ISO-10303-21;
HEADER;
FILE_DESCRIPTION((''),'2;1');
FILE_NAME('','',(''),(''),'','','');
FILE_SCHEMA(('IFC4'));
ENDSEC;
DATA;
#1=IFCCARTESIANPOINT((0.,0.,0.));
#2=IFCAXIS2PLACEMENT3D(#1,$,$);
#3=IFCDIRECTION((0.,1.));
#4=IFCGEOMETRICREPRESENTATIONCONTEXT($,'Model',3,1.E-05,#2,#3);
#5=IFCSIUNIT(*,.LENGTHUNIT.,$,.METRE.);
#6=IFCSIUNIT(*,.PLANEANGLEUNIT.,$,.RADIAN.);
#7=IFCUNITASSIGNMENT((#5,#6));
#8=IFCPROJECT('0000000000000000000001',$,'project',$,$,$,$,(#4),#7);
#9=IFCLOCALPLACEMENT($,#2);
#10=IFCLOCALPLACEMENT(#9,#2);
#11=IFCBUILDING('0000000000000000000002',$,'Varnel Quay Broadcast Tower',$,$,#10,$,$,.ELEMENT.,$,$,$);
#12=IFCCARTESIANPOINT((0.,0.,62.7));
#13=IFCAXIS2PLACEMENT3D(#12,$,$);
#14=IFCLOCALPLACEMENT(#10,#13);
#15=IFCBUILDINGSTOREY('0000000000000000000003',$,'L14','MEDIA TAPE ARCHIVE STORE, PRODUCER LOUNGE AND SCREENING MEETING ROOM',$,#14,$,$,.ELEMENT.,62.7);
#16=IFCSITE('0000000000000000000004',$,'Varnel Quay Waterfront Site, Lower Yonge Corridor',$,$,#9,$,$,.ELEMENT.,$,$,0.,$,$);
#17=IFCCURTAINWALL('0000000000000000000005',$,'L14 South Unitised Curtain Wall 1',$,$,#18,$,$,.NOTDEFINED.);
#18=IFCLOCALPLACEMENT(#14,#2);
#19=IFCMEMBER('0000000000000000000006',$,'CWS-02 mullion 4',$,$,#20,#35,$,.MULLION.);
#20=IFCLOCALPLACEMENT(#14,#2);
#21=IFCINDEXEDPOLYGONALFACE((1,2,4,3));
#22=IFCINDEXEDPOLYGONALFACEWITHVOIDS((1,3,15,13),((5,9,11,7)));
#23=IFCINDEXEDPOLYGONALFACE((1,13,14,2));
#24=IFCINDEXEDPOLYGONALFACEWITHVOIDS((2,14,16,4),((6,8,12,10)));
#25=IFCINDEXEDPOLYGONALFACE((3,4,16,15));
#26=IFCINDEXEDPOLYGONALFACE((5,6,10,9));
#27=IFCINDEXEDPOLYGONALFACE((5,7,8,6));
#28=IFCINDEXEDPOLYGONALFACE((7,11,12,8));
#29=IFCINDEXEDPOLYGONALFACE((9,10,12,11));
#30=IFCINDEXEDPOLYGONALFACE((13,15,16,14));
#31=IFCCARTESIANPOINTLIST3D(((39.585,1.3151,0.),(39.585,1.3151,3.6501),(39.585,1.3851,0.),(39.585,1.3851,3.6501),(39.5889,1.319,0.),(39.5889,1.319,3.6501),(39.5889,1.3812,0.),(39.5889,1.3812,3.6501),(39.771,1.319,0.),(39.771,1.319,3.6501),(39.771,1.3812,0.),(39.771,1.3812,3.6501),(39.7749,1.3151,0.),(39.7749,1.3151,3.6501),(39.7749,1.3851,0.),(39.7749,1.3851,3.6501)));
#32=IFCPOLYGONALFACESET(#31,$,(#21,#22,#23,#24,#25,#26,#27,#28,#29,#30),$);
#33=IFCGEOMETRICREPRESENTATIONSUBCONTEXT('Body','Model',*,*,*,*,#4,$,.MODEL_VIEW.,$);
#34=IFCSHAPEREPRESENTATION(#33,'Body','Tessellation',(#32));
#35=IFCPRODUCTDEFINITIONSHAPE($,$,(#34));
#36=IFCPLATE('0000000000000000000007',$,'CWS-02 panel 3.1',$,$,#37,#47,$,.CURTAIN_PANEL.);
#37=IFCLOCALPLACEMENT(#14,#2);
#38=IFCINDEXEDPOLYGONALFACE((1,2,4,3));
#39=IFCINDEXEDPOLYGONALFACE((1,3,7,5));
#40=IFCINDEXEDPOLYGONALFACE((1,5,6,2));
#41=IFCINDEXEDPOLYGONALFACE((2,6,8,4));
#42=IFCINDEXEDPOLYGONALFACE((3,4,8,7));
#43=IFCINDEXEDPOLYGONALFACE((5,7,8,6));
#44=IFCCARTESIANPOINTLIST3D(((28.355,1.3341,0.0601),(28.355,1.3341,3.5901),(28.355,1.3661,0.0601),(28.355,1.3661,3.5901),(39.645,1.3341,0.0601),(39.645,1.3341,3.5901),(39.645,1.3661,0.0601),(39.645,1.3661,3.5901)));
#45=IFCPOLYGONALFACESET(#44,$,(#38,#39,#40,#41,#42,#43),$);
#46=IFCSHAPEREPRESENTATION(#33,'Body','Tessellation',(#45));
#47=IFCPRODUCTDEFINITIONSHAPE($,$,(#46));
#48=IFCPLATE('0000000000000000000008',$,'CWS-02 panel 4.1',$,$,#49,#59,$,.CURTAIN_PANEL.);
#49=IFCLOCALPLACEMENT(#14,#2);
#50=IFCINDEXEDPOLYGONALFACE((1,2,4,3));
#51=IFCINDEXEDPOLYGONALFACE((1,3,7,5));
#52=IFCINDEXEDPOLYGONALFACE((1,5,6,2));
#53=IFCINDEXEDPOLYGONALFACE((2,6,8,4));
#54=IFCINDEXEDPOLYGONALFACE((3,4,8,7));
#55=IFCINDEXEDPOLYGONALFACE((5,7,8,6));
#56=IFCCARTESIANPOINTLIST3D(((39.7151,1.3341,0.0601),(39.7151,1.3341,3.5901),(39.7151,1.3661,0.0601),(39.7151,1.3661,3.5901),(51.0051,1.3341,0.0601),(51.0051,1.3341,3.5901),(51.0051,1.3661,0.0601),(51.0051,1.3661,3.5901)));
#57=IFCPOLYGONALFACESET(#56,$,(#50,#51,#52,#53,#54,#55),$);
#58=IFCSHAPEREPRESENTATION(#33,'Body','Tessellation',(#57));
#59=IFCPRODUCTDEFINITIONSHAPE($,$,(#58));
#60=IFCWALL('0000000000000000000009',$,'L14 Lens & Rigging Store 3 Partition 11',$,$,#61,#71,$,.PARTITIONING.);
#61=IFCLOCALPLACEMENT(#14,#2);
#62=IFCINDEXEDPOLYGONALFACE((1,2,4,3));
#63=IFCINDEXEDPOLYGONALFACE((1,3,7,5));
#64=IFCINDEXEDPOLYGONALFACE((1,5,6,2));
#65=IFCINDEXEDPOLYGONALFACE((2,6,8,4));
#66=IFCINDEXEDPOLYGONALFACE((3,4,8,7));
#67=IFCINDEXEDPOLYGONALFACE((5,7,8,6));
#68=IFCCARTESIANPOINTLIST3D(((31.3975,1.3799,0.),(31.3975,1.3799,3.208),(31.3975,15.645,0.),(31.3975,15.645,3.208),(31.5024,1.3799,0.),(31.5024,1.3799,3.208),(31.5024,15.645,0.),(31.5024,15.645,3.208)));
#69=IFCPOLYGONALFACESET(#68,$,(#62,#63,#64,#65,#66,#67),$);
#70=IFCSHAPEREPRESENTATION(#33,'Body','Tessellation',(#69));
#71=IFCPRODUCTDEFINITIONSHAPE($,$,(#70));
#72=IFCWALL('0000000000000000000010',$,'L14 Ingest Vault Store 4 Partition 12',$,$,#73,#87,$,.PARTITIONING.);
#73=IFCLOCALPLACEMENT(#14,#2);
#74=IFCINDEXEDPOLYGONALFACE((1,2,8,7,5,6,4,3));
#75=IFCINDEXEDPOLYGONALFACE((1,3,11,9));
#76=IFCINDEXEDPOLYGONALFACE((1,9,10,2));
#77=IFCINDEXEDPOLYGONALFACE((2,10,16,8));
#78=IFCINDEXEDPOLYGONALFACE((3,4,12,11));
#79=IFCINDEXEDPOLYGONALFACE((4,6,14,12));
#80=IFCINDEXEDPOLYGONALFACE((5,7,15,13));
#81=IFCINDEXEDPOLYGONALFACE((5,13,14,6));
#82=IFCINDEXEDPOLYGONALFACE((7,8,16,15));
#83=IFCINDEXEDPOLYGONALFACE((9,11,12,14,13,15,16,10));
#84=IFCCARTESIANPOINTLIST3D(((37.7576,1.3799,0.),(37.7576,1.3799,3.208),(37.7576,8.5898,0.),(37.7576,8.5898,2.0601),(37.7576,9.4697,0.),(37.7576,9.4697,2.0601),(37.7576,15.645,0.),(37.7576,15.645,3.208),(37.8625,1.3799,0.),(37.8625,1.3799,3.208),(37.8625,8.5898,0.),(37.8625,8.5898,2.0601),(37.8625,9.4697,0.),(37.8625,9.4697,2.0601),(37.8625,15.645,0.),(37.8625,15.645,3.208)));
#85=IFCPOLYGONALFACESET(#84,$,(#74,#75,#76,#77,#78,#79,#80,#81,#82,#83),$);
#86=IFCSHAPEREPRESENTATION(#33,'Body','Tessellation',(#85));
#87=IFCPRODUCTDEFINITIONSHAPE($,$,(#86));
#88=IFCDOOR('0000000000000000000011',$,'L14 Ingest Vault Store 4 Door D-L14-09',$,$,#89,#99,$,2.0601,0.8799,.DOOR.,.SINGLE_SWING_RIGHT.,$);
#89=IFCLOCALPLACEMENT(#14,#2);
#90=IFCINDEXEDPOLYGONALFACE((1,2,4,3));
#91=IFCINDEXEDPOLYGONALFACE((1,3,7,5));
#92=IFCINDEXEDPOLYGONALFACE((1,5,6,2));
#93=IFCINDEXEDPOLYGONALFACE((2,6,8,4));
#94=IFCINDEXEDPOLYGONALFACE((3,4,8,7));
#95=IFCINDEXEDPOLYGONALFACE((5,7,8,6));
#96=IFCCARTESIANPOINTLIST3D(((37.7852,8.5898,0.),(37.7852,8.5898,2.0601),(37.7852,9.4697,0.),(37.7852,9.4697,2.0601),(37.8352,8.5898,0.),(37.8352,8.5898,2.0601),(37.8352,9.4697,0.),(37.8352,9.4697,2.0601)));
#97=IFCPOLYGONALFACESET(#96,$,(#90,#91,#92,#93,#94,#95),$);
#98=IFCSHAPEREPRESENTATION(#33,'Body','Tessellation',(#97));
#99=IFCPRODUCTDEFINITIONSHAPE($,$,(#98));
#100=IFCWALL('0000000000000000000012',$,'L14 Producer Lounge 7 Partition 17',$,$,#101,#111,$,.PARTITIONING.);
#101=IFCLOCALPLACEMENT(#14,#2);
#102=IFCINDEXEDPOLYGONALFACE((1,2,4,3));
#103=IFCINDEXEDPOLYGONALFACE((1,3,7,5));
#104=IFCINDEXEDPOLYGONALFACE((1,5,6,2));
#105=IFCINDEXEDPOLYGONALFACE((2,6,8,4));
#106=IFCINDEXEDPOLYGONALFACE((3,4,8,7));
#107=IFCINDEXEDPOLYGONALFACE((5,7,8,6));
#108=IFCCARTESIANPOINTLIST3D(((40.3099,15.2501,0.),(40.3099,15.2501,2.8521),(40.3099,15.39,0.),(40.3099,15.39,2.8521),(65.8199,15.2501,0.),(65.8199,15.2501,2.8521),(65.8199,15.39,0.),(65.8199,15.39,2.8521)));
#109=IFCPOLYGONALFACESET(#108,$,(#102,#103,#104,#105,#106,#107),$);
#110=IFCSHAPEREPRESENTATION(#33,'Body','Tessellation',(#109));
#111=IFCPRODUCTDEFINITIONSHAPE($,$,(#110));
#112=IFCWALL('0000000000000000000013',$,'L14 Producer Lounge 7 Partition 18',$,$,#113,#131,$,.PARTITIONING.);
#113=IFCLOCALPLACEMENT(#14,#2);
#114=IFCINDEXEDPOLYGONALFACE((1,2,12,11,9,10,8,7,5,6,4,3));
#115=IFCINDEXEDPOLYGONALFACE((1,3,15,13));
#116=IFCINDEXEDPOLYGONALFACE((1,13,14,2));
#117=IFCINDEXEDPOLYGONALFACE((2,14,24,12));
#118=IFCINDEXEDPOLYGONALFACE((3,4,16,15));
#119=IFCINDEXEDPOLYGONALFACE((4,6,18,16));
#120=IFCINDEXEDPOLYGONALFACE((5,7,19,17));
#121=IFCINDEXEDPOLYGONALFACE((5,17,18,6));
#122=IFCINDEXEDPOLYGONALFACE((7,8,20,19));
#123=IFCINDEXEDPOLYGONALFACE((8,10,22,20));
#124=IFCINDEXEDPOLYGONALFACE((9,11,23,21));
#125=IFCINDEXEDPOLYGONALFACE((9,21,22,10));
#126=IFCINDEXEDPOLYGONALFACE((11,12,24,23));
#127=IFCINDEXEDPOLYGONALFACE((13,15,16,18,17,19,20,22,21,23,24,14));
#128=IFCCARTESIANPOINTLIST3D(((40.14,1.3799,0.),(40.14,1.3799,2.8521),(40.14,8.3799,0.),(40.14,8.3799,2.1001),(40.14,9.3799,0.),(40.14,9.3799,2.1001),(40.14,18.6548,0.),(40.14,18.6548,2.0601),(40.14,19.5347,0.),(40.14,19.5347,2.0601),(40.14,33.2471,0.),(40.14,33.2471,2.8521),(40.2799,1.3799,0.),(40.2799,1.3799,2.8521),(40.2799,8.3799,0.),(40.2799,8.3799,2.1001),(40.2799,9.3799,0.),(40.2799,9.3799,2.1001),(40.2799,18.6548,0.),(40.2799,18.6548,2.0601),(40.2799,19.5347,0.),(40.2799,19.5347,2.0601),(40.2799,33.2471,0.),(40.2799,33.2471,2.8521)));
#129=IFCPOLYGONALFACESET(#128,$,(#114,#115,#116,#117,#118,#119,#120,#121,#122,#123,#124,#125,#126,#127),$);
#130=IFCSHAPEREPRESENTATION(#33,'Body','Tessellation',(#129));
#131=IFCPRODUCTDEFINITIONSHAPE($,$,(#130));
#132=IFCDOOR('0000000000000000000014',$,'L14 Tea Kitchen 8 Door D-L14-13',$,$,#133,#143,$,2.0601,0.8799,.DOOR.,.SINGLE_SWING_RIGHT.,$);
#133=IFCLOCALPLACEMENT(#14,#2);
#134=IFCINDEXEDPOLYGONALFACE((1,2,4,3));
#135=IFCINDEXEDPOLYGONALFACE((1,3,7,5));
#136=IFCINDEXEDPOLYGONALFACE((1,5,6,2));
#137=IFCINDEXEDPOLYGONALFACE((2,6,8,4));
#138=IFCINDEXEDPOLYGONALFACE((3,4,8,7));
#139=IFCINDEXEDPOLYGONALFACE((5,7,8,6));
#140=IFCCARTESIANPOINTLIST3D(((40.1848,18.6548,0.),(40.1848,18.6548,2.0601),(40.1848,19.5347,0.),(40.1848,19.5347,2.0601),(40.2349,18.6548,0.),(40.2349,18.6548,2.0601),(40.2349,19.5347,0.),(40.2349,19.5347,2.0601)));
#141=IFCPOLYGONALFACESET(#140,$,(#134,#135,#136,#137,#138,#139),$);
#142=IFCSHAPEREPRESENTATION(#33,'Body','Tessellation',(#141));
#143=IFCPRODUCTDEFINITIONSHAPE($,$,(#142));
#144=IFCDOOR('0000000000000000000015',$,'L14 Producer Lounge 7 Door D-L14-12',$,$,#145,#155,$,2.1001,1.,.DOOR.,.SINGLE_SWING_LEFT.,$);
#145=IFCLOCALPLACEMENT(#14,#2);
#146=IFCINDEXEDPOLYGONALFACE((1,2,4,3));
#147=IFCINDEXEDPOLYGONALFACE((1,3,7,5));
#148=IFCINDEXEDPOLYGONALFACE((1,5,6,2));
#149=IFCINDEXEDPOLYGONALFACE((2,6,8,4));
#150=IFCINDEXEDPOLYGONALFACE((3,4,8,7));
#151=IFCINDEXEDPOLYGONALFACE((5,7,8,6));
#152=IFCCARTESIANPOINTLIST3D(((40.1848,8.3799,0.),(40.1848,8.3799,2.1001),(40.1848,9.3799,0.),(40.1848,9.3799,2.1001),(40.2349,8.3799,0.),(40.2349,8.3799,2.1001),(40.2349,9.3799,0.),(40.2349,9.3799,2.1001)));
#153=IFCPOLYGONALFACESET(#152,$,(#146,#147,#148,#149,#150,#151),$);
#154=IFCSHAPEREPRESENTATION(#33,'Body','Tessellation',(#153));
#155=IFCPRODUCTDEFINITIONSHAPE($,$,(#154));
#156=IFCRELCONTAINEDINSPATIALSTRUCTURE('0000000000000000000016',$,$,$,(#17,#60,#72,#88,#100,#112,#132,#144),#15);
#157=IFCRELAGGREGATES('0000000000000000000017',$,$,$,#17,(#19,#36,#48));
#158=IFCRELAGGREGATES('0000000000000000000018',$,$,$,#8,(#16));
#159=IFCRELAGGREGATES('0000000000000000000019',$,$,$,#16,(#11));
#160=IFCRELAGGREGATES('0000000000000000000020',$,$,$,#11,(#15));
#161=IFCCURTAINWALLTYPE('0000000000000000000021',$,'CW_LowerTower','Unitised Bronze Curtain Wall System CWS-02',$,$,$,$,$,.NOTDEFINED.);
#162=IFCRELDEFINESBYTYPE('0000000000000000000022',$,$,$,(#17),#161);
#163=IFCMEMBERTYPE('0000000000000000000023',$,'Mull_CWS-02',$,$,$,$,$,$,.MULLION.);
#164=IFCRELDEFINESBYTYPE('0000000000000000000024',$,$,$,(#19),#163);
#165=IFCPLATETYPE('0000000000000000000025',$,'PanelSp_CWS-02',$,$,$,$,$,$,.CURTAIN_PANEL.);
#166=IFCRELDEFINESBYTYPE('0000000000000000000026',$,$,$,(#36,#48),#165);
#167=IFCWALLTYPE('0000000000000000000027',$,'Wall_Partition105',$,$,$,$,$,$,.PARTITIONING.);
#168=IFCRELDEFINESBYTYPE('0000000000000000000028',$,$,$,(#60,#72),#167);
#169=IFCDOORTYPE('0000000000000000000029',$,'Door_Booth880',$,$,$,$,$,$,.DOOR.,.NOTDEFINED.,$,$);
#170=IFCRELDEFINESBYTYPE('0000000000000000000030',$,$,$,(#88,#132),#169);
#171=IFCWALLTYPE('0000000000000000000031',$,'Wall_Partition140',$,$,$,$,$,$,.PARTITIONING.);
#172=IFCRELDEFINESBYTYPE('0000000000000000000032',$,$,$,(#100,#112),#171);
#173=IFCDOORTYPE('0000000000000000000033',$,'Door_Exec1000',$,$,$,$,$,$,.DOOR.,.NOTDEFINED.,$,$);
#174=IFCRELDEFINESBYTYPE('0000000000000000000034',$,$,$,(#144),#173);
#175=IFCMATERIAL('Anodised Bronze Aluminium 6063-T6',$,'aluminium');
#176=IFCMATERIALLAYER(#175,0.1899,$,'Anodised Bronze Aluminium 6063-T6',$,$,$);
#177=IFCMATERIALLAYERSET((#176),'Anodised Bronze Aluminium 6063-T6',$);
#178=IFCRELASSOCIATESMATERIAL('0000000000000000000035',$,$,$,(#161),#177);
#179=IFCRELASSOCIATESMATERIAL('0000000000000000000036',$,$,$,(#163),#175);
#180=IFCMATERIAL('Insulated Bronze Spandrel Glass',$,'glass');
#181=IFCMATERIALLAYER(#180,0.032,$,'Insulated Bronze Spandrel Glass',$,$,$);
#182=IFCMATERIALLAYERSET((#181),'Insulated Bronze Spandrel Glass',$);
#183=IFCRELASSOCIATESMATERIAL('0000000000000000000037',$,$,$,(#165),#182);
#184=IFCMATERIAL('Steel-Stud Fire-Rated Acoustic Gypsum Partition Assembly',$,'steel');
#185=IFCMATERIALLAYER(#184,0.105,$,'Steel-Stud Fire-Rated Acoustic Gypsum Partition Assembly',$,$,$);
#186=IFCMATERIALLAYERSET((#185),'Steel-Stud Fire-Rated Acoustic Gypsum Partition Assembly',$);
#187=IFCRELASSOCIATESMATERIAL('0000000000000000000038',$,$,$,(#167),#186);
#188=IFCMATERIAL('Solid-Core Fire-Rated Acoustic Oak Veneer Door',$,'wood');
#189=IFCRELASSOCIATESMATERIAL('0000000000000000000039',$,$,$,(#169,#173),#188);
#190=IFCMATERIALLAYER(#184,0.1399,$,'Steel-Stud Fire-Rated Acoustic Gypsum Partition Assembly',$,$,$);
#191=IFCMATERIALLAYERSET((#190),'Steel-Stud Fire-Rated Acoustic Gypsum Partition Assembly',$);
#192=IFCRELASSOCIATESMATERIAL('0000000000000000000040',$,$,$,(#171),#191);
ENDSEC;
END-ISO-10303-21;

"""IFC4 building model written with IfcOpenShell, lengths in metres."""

from ifc_helpers import new_model, si_unit, direction, frame, frame_2d, origin, origin_2d, place, context, subcontext, project, spatial, rectangle, hollow_rectangle, extrude, source, transform, mapped, material, layer, layer_set, material_profile, profile_set, type_object, type_shapes, element, fill, aggregate, save


model = new_model("IFC4")

# Units and contexts
model_context = context("Model", 3, precision=1e-05, world=origin(), true_north=direction((0.0, 1.0)))
body_context = subcontext(model_context, "Body", "Model", "MODEL_VIEW")
ifc_project = project(units=[si_unit("LENGTHUNIT", "METRE"), si_unit("PLANEANGLEUNIT", "RADIAN")], contexts=[model_context])

# Site, building, storey
site_placement = place(None, origin())
site = spatial("IfcSite", under=ifc_project, at=site_placement, Name="Varnel Quay Waterfront Site, Lower Yonge Corridor", CompositionType="ELEMENT", RefElevation=0.0)
building_placement = place(site_placement, origin())
building = spatial("IfcBuilding", under=site, at=building_placement, Name="Varnel Quay Broadcast Tower", CompositionType="ELEMENT")
storey_placement = place(building_placement, frame((0.0, 0.0, 62.7)))
storey = spatial("IfcBuildingStorey", under=building, at=storey_placement, Name="L14", Description="MEDIA TAPE ARCHIVE STORE, PRODUCER LOUNGE AND SCREENING MEETING ROOM", CompositionType="ELEMENT", Elevation=62.7)

# Curtain wall, member, plates
ifc_material_1 = material(Name="Anodised Bronze Aluminium 6063-T6", Category="aluminium")
ifc_layer_1 = layer(ifc_material_1, 0.1899, Name="Anodised Bronze Aluminium 6063-T6")
ifc_layer_set_1 = layer_set([ifc_layer_1], Name="Anodised Bronze Aluminium 6063-T6")
curtain_wall_type = type_object("IfcCurtainWallType", Name="CW_LowerTower", Description="Unitised Bronze Curtain Wall System CWS-02", PredefinedType="NOTDEFINED", material=ifc_layer_set_1)
curtain_wall_placement = place(storey_placement, origin())
curtain_wall = element("IfcCurtainWall", 1, at=curtain_wall_placement, inside=storey, type_object=curtain_wall_type, Name="L14 South Unitised Curtain Wall 1", PredefinedType="NOTDEFINED")
ifc_material_profile_1 = material_profile(ifc_material_1, hollow_rectangle(XDim=0.0701, YDim=0.1899, WallThickness=0.0039, at=origin_2d()), Name="ALU70X190X4")
ifc_profile_set_1 = profile_set([ifc_material_profile_1], Name="Anodised Bronze Aluminium 6063-T6")
member_type_1 = type_object("IfcMemberType", Name="Mull_CWS-02", PredefinedType="MULLION", material=ifc_profile_set_1)
shared_shape_1 = source(origin(), body_context, "Body", "SweptSolid", [
    extrude(hollow_rectangle(XDim=0.0701, YDim=0.1899, WallThickness=0.0039, at=origin_2d()), origin(), (0.0, 0.0, 1.0), 3.6501),
])
type_shapes(member_type_1, [shared_shape_1])
member_1_placement = place(storey_placement, frame((39.6799, 1.3501, 0.0), z_axis=(0.0, 0.0, 1.0), x_axis=(0.0, 1.0, 0.0)))
member_1 = element("IfcMember", 2, at=member_1_placement, type_object=member_type_1, Name="CWS-02 mullion 4", PredefinedType="MULLION", context=body_context, shape_type="MappedRepresentation", body=[
    mapped(shared_shape_1, transform((0.0, 0.0, 0.0), x_axis=(1.0, 0.0, 0.0), y_axis=(0.0, 1.0, 0.0), z_axis=(0.0, 0.0, 1.0), scale=1.0)),
])
ifc_material_2 = material(Name="Insulated Bronze Spandrel Glass", Category="glass")
ifc_layer_2 = layer(ifc_material_2, 0.032, Name="Insulated Bronze Spandrel Glass")
ifc_layer_set_2 = layer_set([ifc_layer_2], Name="Insulated Bronze Spandrel Glass")
plate_type = type_object("IfcPlateType", Name="PanelSp_CWS-02", PredefinedType="CURTAIN_PANEL", material=ifc_layer_set_2)
shared_shape_2 = source(origin(), body_context, "Body", "SweptSolid", [
    extrude(rectangle(XDim=11.29, YDim=0.032, at=origin_2d()), origin(), (0.0, 0.0, 1.0), 3.53),
])
type_shapes(plate_type, [shared_shape_2])
plate_1_placement = place(storey_placement, frame((34.0, 1.3501, 0.0601), z_axis=(0.0, 0.0, 1.0), x_axis=(1.0, 0.0, 0.0)))
plate_1 = element("IfcPlate", 3, at=plate_1_placement, type_object=plate_type, Name="CWS-02 panel 3.1", PredefinedType="CURTAIN_PANEL", context=body_context, shape_type="MappedRepresentation", body=[
    mapped(shared_shape_2, transform((0.0, 0.0, 0.0), x_axis=(1.0, 0.0, 0.0), y_axis=(0.0, 1.0, 0.0), z_axis=(0.0, 0.0, 1.0), scale=1.0)),
])
plate_2_placement = place(storey_placement, frame((45.3601, 1.3501, 0.0601), z_axis=(0.0, 0.0, 1.0), x_axis=(1.0, 0.0, 0.0)))
plate_2 = element("IfcPlate", 4, at=plate_2_placement, type_object=plate_type, Name="CWS-02 panel 4.1", PredefinedType="CURTAIN_PANEL", context=body_context, shape_type="MappedRepresentation", body=[
    mapped(shared_shape_2, transform((0.0, 0.0, 0.0), x_axis=(1.0, 0.0, 0.0), y_axis=(0.0, 1.0, 0.0), z_axis=(0.0, 0.0, 1.0), scale=1.0)),
])
aggregate(curtain_wall, [member_1, plate_1, plate_2])

# Wall
ifc_material_3 = material(Name="Steel-Stud Fire-Rated Acoustic Gypsum Partition Assembly", Category="steel")
ifc_layer_3 = layer(ifc_material_3, 0.105, Name="Steel-Stud Fire-Rated Acoustic Gypsum Partition Assembly")
ifc_layer_set_3 = layer_set([ifc_layer_3], Name="Steel-Stud Fire-Rated Acoustic Gypsum Partition Assembly")
wall_type_1 = type_object("IfcWallType", Name="Wall_Partition105", PredefinedType="PARTITIONING", material=ifc_layer_set_3)
wall_1_placement = place(storey_placement, frame((31.45, 1.3799, 0.0), z_axis=(0.0, 0.0, 1.0), x_axis=(0.0, 1.0, 0.0)))
element("IfcWall", 5, at=wall_1_placement, inside=storey, type_object=wall_type_1, Name="L14 Lens & Rigging Store 3 Partition 11", PredefinedType="PARTITIONING", context=body_context, shape_type="SweptSolid", body=[
    extrude(rectangle(XDim=14.2651, YDim=0.105, at=frame_2d((7.1326, 0.0))), origin(), (0.0, 0.0, 1.0), 3.208),
])

# Wall, opening, door
wall_2_placement = place(storey_placement, frame((37.8101, 1.3799, 0.0), z_axis=(0.0, 0.0, 1.0), x_axis=(0.0, 1.0, 0.0)))
wall_2 = element("IfcWall", 6, at=wall_2_placement, inside=storey, type_object=wall_type_1, Name="L14 Ingest Vault Store 4 Partition 12", PredefinedType="PARTITIONING", context=body_context, shape_type="SweptSolid", body=[
    extrude(rectangle(XDim=14.2651, YDim=0.105, at=frame_2d((7.1326, 0.0))), origin(), (0.0, 0.0, 1.0), 3.208),
])
opening_1_placement = place(wall_2_placement, frame((7.21, 0.0, 0.0)))
opening_1 = element("IfcOpeningElement", 7, at=opening_1_placement, cuts=wall_2, PredefinedType="OPENING", context=body_context, shape_type="SweptSolid", body=[
    extrude(rectangle(XDim=0.8799, YDim=2.0601, at=frame_2d((0.4399, 1.03))), frame((0.0, 0.0625, 0.0), z_axis=(0.0, -1.0, 0.0), x_axis=(1.0, 0.0, 0.0)), (0.0, 0.0, 1.0), 0.125),
])
ifc_material_4 = material(Name="Solid-Core Fire-Rated Acoustic Oak Veneer Door", Category="wood")
door_type_1 = type_object("IfcDoorType", Name="Door_Booth880", OperationType="NOTDEFINED", PredefinedType="DOOR", material=ifc_material_4)
shared_shape_3 = source(origin(), body_context, "Body", "SweptSolid", [
    extrude(rectangle(XDim=0.8799, YDim=2.0601, at=frame_2d((0.4399, 1.03))), frame((0.0, 0.0249, 0.0), z_axis=(0.0, -1.0, 0.0), x_axis=(1.0, 0.0, 0.0)), (0.0, 0.0, 1.0), 0.05),
])
type_shapes(door_type_1, [shared_shape_3])
door_1_placement = place(opening_1_placement, origin())
door_1 = element("IfcDoor", 8, at=door_1_placement, inside=storey, type_object=door_type_1, Name="L14 Ingest Vault Store 4 Door D-L14-09", OperationType="SINGLE_SWING_RIGHT", OverallHeight=2.0601, OverallWidth=0.8799, PredefinedType="DOOR", context=body_context, shape_type="MappedRepresentation", body=[
    mapped(shared_shape_3, transform((0.0, 0.0, 0.0), x_axis=(1.0, 0.0, 0.0), y_axis=(0.0, 1.0, 0.0), z_axis=(0.0, 0.0, 1.0), scale=1.0)),
])
fill(opening_1, door_1)

# Wall
ifc_layer_4 = layer(ifc_material_3, 0.1399, Name="Steel-Stud Fire-Rated Acoustic Gypsum Partition Assembly")
ifc_layer_set_4 = layer_set([ifc_layer_4], Name="Steel-Stud Fire-Rated Acoustic Gypsum Partition Assembly")
wall_type_2 = type_object("IfcWallType", Name="Wall_Partition140", PredefinedType="PARTITIONING", material=ifc_layer_set_4)
wall_3_placement = place(storey_placement, frame((40.3101, 15.3201, 0.0), z_axis=(0.0, 0.0, 1.0), x_axis=(1.0, 0.0, 0.0)))
element("IfcWall", 9, at=wall_3_placement, inside=storey, type_object=wall_type_2, Name="L14 Producer Lounge 7 Partition 17", PredefinedType="PARTITIONING", context=body_context, shape_type="SweptSolid", body=[
    extrude(rectangle(XDim=25.51, YDim=0.1399, at=frame_2d((12.7549, 0.0))), origin(), (0.0, 0.0, 1.0), 2.8521),
])

# Wall, openings, doors
wall_4_placement = place(storey_placement, frame((40.21, 1.3799, 0.0), z_axis=(0.0, 0.0, 1.0), x_axis=(0.0, 1.0, 0.0)))
wall_4 = element("IfcWall", 10, at=wall_4_placement, inside=storey, type_object=wall_type_2, Name="L14 Producer Lounge 7 Partition 18", PredefinedType="PARTITIONING", context=body_context, shape_type="SweptSolid", body=[
    extrude(rectangle(XDim=31.8672, YDim=0.1399, at=frame_2d((15.9336, 0.0))), origin(), (0.0, 0.0, 1.0), 2.8521),
])
opening_2_placement = place(wall_4_placement, frame((7.0, 0.0, 0.0)))
opening_2 = element("IfcOpeningElement", 11, at=opening_2_placement, cuts=wall_4, PredefinedType="OPENING", context=body_context, shape_type="SweptSolid", body=[
    extrude(rectangle(XDim=1.0, YDim=2.1001, at=frame_2d((0.5, 1.05))), frame((0.0, 0.0801, 0.0), z_axis=(0.0, -1.0, 0.0), x_axis=(1.0, 0.0, 0.0)), (0.0, 0.0, 1.0), 0.1599),
])
opening_3_placement = place(wall_4_placement, frame((17.2749, 0.0, 0.0)))
opening_3 = element("IfcOpeningElement", 12, at=opening_3_placement, cuts=wall_4, PredefinedType="OPENING", context=body_context, shape_type="SweptSolid", body=[
    extrude(rectangle(XDim=0.8799, YDim=2.0601, at=frame_2d((0.4399, 1.03))), frame((0.0, 0.0801, 0.0), z_axis=(0.0, -1.0, 0.0), x_axis=(1.0, 0.0, 0.0)), (0.0, 0.0, 1.0), 0.1599),
])
door_2_placement = place(opening_3_placement, frame((0.8799, 0.0, 0.0), z_axis=(0.0, 0.0, 1.0), x_axis=(-1.0, 0.0, 0.0)))
door_2 = element("IfcDoor", 13, at=door_2_placement, inside=storey, type_object=door_type_1, Name="L14 Tea Kitchen 8 Door D-L14-13", OperationType="SINGLE_SWING_RIGHT", OverallHeight=2.0601, OverallWidth=0.8799, PredefinedType="DOOR", context=body_context, shape_type="MappedRepresentation", body=[
    mapped(shared_shape_3, transform((0.0, 0.0, 0.0), x_axis=(1.0, 0.0, 0.0), y_axis=(0.0, 1.0, 0.0), z_axis=(0.0, 0.0, 1.0), scale=1.0)),
])
fill(opening_3, door_2)
door_type_2 = type_object("IfcDoorType", Name="Door_Exec1000", OperationType="NOTDEFINED", PredefinedType="DOOR", material=ifc_material_4)
shared_shape_4 = source(origin(), body_context, "Body", "SweptSolid", [
    extrude(rectangle(XDim=1.0, YDim=2.1001, at=frame_2d((0.5, 1.05))), frame((0.0, 0.0249, 0.0), z_axis=(0.0, -1.0, 0.0), x_axis=(1.0, 0.0, 0.0)), (0.0, 0.0, 1.0), 0.05),
])
type_shapes(door_type_2, [shared_shape_4])
door_3_placement = place(opening_2_placement, frame((1.0, 0.0, 0.0), z_axis=(0.0, 0.0, 1.0), x_axis=(-1.0, 0.0, 0.0)))
door_3 = element("IfcDoor", 14, at=door_3_placement, inside=storey, type_object=door_type_2, Name="L14 Producer Lounge 7 Door D-L14-12", OperationType="SINGLE_SWING_LEFT", OverallHeight=2.1001, OverallWidth=1.0, PredefinedType="DOOR", context=body_context, shape_type="MappedRepresentation", body=[
    mapped(shared_shape_4, transform((0.0, 0.0, 0.0), x_axis=(1.0, 0.0, 0.0), y_axis=(0.0, 1.0, 0.0), z_axis=(0.0, 0.0, 1.0), scale=1.0)),
])
fill(opening_2, door_3)

save(model, "model.ifc")
